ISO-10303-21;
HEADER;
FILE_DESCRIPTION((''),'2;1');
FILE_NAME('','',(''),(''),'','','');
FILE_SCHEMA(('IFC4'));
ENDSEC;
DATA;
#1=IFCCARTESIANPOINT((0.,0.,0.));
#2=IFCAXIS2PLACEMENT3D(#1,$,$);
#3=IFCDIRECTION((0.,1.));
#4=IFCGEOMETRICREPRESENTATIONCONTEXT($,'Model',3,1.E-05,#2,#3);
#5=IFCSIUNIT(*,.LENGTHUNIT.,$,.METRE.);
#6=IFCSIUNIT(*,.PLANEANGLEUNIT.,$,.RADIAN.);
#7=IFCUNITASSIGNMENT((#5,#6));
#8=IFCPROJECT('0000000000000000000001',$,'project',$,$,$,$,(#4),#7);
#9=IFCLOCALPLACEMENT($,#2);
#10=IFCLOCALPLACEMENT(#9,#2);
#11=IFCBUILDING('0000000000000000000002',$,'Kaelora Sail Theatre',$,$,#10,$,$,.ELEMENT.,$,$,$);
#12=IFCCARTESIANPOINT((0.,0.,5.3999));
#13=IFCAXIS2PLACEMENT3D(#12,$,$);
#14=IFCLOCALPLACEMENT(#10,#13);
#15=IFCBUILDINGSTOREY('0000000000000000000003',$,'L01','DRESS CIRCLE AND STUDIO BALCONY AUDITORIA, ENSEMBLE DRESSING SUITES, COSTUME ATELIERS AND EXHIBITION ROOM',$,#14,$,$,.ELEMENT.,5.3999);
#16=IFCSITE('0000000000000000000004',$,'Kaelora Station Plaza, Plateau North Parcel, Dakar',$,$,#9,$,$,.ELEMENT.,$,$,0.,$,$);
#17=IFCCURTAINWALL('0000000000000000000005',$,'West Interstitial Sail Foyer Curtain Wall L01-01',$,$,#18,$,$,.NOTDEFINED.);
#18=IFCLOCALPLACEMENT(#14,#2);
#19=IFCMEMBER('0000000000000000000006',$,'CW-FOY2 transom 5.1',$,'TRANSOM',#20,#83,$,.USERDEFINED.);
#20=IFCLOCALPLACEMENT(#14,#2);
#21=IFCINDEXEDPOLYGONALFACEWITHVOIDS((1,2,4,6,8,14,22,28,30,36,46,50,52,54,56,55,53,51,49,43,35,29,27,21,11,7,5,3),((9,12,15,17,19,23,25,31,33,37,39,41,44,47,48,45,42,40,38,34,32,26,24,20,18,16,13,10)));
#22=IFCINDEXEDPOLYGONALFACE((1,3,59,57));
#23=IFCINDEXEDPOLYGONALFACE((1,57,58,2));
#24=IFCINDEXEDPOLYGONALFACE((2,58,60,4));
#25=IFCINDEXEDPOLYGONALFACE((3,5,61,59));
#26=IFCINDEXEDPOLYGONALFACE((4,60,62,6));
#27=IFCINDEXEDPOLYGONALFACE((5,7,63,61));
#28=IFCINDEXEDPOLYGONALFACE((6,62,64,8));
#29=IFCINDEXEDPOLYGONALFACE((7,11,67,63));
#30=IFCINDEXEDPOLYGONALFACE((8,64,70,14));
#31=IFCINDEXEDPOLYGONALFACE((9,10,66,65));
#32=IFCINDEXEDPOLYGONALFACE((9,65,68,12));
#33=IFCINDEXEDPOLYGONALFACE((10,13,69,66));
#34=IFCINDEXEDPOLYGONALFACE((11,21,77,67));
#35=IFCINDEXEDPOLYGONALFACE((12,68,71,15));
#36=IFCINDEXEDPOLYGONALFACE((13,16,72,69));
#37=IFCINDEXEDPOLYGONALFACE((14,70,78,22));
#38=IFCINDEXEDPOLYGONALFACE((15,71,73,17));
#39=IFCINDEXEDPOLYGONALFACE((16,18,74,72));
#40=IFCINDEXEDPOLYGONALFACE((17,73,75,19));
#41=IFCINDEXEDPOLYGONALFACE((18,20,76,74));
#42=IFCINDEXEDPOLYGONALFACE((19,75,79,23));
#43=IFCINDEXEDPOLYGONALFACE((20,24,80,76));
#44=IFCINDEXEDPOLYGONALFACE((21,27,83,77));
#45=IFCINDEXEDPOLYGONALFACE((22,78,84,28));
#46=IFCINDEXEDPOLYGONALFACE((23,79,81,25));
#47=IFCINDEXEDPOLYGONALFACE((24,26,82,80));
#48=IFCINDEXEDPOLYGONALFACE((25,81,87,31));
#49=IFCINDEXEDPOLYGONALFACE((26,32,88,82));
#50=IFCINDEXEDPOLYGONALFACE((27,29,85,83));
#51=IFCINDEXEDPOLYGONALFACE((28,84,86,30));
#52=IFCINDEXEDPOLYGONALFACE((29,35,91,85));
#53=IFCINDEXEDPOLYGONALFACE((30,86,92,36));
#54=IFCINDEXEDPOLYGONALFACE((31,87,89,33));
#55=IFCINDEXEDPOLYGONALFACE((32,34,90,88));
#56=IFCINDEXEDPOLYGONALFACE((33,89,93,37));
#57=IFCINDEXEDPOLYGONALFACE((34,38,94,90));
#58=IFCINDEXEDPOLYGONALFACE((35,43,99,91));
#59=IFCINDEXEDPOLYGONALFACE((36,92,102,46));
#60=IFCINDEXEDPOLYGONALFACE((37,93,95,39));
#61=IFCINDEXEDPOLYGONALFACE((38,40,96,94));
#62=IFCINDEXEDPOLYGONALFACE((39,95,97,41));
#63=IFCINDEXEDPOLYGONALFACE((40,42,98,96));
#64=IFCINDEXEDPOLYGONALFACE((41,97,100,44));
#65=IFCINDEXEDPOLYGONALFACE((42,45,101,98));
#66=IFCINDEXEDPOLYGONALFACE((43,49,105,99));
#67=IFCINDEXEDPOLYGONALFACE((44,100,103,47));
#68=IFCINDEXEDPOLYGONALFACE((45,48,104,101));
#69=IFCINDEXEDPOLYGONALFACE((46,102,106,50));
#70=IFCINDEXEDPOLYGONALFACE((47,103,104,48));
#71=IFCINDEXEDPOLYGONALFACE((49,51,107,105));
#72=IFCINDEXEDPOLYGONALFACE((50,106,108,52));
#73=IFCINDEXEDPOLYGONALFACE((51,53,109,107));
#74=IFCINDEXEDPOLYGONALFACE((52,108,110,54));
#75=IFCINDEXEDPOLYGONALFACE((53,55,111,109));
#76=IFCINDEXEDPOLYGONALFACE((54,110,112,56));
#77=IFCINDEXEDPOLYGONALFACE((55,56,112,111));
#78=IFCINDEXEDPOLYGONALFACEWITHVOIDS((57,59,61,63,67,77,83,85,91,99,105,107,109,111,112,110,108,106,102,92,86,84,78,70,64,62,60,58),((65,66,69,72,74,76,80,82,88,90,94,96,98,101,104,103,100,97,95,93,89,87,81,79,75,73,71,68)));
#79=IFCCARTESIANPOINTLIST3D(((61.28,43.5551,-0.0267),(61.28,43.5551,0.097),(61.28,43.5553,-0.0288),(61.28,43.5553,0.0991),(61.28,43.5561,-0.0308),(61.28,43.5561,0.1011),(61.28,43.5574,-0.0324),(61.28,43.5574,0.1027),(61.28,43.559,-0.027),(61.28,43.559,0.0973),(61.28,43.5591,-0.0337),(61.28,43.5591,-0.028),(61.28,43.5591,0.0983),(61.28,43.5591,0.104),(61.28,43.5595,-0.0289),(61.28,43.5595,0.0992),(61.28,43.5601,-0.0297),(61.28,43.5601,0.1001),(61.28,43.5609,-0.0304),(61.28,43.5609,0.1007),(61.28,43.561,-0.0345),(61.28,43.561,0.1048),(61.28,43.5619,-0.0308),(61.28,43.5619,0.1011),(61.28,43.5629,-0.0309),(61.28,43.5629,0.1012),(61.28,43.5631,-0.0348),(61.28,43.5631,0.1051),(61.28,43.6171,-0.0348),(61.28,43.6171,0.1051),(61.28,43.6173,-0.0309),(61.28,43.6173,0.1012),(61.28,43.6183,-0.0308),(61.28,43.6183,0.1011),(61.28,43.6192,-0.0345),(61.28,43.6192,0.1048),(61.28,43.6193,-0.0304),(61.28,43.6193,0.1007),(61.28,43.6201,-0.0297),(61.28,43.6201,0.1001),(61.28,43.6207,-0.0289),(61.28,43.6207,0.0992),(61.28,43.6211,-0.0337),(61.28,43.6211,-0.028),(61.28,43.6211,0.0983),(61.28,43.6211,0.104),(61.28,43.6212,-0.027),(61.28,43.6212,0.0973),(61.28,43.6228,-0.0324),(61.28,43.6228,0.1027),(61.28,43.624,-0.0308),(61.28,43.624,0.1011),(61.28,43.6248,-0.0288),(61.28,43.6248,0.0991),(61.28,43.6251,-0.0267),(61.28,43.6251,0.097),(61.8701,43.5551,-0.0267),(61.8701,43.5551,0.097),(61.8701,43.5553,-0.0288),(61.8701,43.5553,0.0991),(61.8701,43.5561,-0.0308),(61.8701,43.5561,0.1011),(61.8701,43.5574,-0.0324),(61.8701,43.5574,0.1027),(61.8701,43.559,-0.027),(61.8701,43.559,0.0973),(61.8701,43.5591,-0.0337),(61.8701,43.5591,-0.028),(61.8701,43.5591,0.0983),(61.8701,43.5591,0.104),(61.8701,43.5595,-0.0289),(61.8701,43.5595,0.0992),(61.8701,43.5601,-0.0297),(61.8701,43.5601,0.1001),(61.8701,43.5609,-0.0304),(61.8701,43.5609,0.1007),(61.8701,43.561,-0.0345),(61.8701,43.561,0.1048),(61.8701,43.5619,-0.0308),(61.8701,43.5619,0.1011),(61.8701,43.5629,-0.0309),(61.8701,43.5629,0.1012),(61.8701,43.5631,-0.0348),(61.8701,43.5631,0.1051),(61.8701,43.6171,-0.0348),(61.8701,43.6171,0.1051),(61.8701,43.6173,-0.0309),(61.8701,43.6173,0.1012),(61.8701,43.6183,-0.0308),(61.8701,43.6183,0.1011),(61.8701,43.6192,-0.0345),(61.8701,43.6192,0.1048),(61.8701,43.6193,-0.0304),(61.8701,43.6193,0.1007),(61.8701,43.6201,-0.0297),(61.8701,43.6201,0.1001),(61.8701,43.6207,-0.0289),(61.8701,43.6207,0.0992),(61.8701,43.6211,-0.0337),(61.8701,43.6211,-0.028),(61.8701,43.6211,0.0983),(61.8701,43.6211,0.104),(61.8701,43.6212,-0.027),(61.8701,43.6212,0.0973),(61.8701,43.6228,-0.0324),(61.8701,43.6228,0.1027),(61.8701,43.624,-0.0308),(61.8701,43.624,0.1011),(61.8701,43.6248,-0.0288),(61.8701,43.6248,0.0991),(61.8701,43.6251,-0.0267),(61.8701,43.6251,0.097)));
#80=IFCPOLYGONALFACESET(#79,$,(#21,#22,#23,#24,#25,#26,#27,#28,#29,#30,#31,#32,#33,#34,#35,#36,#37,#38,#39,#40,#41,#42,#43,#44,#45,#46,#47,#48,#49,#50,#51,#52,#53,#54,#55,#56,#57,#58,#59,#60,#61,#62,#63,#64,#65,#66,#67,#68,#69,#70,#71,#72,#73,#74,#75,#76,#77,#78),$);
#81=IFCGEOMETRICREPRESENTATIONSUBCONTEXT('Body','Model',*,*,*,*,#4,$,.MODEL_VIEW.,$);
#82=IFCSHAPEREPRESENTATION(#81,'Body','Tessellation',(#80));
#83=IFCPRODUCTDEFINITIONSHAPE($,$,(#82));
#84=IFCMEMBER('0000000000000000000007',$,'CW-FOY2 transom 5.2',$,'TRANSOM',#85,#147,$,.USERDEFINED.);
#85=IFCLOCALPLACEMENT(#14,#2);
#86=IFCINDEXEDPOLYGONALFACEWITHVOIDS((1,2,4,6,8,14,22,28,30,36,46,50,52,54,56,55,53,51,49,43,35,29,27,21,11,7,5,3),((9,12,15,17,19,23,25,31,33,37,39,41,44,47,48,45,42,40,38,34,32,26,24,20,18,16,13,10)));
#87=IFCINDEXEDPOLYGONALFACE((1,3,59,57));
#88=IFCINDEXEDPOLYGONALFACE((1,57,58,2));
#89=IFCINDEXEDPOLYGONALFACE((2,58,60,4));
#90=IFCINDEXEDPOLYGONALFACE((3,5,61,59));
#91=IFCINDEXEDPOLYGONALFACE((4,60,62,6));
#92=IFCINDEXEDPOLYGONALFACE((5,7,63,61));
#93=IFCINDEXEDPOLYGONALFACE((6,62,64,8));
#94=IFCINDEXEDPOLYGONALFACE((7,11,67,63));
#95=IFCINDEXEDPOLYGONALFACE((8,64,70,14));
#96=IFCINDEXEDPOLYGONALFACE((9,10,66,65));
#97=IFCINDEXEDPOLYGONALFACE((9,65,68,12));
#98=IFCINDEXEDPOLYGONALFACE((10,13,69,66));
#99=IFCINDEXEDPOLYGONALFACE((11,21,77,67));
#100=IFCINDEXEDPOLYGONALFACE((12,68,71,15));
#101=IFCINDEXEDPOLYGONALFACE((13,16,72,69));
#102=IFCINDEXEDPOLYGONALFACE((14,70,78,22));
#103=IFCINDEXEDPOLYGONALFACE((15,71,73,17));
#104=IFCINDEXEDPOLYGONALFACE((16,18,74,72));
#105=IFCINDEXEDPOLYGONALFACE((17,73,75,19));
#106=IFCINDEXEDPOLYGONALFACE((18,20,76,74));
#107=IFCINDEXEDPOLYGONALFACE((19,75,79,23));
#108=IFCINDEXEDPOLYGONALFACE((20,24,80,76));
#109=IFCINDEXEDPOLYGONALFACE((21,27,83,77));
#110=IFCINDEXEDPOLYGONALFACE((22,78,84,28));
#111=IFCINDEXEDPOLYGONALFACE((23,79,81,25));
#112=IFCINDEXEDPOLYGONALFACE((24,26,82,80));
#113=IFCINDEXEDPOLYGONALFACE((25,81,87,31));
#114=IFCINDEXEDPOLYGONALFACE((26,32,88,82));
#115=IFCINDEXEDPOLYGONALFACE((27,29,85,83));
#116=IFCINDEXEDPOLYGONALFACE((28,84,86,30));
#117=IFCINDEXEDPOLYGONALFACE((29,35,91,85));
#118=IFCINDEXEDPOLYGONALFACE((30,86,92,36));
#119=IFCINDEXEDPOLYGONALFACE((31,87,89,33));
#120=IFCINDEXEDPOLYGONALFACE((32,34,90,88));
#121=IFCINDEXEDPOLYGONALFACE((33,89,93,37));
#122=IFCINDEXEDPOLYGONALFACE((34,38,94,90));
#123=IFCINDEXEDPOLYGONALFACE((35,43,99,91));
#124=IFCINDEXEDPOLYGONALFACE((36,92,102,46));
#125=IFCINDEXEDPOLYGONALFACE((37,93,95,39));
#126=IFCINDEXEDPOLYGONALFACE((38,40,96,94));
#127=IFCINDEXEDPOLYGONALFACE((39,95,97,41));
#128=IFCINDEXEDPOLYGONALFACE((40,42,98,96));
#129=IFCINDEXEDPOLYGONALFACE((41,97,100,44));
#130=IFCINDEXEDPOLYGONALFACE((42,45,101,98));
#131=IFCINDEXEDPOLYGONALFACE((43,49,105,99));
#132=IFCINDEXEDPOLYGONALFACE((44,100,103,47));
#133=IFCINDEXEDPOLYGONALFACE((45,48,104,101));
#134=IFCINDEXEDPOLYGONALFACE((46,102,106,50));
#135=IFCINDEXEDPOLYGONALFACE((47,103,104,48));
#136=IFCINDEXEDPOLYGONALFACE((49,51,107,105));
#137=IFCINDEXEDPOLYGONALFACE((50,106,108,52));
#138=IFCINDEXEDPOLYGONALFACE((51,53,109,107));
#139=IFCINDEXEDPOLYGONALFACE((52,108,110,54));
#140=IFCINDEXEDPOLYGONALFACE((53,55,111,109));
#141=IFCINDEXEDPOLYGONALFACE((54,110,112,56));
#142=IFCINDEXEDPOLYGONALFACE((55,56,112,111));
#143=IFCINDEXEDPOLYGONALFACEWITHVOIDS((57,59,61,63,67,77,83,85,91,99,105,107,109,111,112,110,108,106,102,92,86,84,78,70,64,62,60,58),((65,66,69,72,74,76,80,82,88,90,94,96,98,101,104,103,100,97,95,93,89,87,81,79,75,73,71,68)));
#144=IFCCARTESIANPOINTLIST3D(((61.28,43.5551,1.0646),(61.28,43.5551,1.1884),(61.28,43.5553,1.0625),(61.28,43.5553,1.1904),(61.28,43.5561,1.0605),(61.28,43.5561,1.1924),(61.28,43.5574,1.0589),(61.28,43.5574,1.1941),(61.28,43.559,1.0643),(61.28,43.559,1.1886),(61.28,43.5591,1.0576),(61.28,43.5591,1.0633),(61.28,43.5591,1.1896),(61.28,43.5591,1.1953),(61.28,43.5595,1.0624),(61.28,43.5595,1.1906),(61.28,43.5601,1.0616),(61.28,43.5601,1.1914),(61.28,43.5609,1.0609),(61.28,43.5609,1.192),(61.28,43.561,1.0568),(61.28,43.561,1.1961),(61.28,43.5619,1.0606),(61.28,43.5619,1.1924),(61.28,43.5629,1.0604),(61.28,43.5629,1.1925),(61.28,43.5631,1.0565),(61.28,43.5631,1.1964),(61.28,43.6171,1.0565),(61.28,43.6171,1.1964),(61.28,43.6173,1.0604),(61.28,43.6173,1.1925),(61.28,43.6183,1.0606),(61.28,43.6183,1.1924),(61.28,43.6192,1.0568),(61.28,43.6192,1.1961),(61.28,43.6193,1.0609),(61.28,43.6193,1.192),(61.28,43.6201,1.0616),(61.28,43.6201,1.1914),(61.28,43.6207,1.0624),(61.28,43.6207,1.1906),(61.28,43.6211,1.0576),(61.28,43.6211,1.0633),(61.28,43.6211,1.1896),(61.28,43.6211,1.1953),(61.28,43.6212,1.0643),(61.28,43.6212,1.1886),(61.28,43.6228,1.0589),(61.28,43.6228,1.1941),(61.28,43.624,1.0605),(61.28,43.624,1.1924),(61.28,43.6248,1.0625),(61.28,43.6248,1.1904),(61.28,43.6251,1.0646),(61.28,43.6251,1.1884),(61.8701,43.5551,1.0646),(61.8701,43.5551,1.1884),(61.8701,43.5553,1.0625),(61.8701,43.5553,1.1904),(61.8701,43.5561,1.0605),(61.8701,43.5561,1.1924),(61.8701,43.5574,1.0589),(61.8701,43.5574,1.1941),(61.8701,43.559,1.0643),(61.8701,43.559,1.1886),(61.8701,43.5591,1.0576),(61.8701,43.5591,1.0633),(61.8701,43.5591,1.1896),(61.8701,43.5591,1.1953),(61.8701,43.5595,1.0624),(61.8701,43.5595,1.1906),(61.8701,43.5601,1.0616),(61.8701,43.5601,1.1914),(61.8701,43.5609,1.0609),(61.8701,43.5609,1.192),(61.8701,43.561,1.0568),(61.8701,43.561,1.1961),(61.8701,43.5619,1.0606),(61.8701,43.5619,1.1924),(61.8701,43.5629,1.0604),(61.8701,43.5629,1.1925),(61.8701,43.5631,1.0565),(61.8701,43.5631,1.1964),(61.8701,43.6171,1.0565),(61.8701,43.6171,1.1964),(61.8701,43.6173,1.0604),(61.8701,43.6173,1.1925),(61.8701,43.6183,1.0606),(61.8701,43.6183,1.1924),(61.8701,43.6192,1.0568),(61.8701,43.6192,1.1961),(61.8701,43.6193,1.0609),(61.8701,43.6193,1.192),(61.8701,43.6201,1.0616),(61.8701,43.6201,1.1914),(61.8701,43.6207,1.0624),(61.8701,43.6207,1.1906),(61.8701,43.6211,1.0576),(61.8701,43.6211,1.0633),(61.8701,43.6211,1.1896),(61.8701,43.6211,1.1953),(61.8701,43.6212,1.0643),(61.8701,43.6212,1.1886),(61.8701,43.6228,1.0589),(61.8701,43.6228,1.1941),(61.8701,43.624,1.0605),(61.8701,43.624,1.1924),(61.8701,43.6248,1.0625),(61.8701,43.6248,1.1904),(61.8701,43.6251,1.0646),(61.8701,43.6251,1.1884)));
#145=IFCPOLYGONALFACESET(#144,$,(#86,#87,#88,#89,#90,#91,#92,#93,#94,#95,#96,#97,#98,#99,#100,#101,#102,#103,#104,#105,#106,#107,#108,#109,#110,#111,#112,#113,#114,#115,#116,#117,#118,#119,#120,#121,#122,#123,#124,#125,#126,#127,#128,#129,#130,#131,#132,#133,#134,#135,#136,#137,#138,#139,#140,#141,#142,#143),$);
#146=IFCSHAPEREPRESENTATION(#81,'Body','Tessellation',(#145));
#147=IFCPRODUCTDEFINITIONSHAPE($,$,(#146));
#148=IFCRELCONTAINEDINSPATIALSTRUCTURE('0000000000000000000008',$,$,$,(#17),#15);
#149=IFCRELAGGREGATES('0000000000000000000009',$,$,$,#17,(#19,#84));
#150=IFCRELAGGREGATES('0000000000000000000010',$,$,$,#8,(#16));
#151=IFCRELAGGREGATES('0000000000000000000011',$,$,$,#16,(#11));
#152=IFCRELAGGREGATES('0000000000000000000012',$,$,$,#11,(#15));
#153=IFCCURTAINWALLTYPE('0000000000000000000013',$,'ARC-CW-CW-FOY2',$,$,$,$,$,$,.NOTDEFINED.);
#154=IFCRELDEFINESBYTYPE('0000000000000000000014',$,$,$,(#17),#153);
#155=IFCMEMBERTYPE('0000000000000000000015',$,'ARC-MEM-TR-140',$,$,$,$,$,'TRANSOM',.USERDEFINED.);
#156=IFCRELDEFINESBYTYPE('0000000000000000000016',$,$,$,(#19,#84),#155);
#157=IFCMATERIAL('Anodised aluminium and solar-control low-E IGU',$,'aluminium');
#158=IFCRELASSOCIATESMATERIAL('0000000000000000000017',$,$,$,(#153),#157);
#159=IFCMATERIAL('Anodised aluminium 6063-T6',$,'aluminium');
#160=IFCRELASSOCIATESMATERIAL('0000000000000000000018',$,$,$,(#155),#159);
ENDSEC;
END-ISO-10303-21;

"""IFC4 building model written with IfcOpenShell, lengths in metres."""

from ifc_helpers import new_model, si_unit, direction, frame, origin, origin_2d, place, context, subcontext, project, spatial, hollow_rectangle, extrude, material, material_profile, profile_set, type_object, element, aggregate, save


model = new_model("IFC4")

# Units and contexts
model_context = context("Model", 3, precision=1e-05, world=origin(), true_north=direction((0.0, 1.0)))
body_context = subcontext(model_context, "Body", "Model", "MODEL_VIEW")
ifc_project = project(units=[si_unit("LENGTHUNIT", "METRE"), si_unit("PLANEANGLEUNIT", "RADIAN")], contexts=[model_context])

# Site, building, storey
site_placement = place(None, origin())
site = spatial("IfcSite", under=ifc_project, at=site_placement, Name="Kaelora Station Plaza, Plateau North Parcel, Dakar", CompositionType="ELEMENT", RefElevation=0.0)
building_placement = place(site_placement, origin())
building = spatial("IfcBuilding", under=site, at=building_placement, Name="Kaelora Sail Theatre", CompositionType="ELEMENT")
storey_placement = place(building_placement, frame((0.0, 0.0, 5.3999)))
storey = spatial("IfcBuildingStorey", under=building, at=storey_placement, Name="L01", Description="DRESS CIRCLE AND STUDIO BALCONY AUDITORIA, ENSEMBLE DRESSING SUITES, COSTUME ATELIERS AND EXHIBITION ROOM", CompositionType="ELEMENT", Elevation=5.3999)

# Curtain wall, members
ifc_material_1 = material(Name="Anodised aluminium and solar-control low-E IGU", Category="aluminium")
curtain_wall_type = type_object("IfcCurtainWallType", Name="ARC-CW-CW-FOY2", PredefinedType="NOTDEFINED", material=ifc_material_1)
curtain_wall_placement = place(storey_placement, origin())
curtain_wall = element("IfcCurtainWall", 1, at=curtain_wall_placement, inside=storey, type_object=curtain_wall_type, Name="West Interstitial Sail Foyer Curtain Wall L01-01", PredefinedType="NOTDEFINED")
ifc_material_2 = material(Name="Anodised aluminium 6063-T6", Category="aluminium")
ifc_material_profile_1 = material_profile(ifc_material_2, hollow_rectangle(XDim=0.0701, YDim=0.1399, WallThickness=0.0039, InnerFilletRadius=0.0039, OuterFilletRadius=0.0081, at=origin_2d()), Name="ALU-TRAN 70x140x4")
ifc_profile_set_1 = profile_set([ifc_material_profile_1], Name="Anodised aluminium 6063-T6")
member_type_1 = type_object("IfcMemberType", Name="ARC-MEM-TR-140", ElementType="TRANSOM", PredefinedType="USERDEFINED", material=ifc_profile_set_1)
member_1_placement = place(storey_placement, frame((61.28, 43.5901, 0.0352), z_axis=(1.0, 0.0, 0.0), x_axis=(0.0, 1.0, 0.0)))
member_1 = element("IfcMember", 2, at=member_1_placement, type_object=member_type_1, Name="CW-FOY2 transom 5.1", ObjectType="TRANSOM", PredefinedType="USERDEFINED", context=body_context, shape_type="SweptSolid", body=[
    extrude(hollow_rectangle(XDim=0.0701, YDim=0.1399, WallThickness=0.0039, InnerFilletRadius=0.0039, OuterFilletRadius=0.0081, at=origin_2d()), origin(), (0.0, 0.0, 1.0), 0.5901),
])
member_2_placement = place(storey_placement, frame((61.28, 43.5901, 1.1265), z_axis=(1.0, 0.0, 0.0), x_axis=(0.0, 1.0, 0.0)))
member_2 = element("IfcMember", 3, at=member_2_placement, type_object=member_type_1, Name="CW-FOY2 transom 5.2", ObjectType="TRANSOM", PredefinedType="USERDEFINED", context=body_context, shape_type="SweptSolid", body=[
    extrude(hollow_rectangle(XDim=0.0701, YDim=0.1399, WallThickness=0.0039, InnerFilletRadius=0.0039, OuterFilletRadius=0.0081, at=origin_2d()), origin(), (0.0, 0.0, 1.0), 0.5901),
])

aggregate(curtain_wall, [member_1, member_2])

save(model, "model.ifc")
